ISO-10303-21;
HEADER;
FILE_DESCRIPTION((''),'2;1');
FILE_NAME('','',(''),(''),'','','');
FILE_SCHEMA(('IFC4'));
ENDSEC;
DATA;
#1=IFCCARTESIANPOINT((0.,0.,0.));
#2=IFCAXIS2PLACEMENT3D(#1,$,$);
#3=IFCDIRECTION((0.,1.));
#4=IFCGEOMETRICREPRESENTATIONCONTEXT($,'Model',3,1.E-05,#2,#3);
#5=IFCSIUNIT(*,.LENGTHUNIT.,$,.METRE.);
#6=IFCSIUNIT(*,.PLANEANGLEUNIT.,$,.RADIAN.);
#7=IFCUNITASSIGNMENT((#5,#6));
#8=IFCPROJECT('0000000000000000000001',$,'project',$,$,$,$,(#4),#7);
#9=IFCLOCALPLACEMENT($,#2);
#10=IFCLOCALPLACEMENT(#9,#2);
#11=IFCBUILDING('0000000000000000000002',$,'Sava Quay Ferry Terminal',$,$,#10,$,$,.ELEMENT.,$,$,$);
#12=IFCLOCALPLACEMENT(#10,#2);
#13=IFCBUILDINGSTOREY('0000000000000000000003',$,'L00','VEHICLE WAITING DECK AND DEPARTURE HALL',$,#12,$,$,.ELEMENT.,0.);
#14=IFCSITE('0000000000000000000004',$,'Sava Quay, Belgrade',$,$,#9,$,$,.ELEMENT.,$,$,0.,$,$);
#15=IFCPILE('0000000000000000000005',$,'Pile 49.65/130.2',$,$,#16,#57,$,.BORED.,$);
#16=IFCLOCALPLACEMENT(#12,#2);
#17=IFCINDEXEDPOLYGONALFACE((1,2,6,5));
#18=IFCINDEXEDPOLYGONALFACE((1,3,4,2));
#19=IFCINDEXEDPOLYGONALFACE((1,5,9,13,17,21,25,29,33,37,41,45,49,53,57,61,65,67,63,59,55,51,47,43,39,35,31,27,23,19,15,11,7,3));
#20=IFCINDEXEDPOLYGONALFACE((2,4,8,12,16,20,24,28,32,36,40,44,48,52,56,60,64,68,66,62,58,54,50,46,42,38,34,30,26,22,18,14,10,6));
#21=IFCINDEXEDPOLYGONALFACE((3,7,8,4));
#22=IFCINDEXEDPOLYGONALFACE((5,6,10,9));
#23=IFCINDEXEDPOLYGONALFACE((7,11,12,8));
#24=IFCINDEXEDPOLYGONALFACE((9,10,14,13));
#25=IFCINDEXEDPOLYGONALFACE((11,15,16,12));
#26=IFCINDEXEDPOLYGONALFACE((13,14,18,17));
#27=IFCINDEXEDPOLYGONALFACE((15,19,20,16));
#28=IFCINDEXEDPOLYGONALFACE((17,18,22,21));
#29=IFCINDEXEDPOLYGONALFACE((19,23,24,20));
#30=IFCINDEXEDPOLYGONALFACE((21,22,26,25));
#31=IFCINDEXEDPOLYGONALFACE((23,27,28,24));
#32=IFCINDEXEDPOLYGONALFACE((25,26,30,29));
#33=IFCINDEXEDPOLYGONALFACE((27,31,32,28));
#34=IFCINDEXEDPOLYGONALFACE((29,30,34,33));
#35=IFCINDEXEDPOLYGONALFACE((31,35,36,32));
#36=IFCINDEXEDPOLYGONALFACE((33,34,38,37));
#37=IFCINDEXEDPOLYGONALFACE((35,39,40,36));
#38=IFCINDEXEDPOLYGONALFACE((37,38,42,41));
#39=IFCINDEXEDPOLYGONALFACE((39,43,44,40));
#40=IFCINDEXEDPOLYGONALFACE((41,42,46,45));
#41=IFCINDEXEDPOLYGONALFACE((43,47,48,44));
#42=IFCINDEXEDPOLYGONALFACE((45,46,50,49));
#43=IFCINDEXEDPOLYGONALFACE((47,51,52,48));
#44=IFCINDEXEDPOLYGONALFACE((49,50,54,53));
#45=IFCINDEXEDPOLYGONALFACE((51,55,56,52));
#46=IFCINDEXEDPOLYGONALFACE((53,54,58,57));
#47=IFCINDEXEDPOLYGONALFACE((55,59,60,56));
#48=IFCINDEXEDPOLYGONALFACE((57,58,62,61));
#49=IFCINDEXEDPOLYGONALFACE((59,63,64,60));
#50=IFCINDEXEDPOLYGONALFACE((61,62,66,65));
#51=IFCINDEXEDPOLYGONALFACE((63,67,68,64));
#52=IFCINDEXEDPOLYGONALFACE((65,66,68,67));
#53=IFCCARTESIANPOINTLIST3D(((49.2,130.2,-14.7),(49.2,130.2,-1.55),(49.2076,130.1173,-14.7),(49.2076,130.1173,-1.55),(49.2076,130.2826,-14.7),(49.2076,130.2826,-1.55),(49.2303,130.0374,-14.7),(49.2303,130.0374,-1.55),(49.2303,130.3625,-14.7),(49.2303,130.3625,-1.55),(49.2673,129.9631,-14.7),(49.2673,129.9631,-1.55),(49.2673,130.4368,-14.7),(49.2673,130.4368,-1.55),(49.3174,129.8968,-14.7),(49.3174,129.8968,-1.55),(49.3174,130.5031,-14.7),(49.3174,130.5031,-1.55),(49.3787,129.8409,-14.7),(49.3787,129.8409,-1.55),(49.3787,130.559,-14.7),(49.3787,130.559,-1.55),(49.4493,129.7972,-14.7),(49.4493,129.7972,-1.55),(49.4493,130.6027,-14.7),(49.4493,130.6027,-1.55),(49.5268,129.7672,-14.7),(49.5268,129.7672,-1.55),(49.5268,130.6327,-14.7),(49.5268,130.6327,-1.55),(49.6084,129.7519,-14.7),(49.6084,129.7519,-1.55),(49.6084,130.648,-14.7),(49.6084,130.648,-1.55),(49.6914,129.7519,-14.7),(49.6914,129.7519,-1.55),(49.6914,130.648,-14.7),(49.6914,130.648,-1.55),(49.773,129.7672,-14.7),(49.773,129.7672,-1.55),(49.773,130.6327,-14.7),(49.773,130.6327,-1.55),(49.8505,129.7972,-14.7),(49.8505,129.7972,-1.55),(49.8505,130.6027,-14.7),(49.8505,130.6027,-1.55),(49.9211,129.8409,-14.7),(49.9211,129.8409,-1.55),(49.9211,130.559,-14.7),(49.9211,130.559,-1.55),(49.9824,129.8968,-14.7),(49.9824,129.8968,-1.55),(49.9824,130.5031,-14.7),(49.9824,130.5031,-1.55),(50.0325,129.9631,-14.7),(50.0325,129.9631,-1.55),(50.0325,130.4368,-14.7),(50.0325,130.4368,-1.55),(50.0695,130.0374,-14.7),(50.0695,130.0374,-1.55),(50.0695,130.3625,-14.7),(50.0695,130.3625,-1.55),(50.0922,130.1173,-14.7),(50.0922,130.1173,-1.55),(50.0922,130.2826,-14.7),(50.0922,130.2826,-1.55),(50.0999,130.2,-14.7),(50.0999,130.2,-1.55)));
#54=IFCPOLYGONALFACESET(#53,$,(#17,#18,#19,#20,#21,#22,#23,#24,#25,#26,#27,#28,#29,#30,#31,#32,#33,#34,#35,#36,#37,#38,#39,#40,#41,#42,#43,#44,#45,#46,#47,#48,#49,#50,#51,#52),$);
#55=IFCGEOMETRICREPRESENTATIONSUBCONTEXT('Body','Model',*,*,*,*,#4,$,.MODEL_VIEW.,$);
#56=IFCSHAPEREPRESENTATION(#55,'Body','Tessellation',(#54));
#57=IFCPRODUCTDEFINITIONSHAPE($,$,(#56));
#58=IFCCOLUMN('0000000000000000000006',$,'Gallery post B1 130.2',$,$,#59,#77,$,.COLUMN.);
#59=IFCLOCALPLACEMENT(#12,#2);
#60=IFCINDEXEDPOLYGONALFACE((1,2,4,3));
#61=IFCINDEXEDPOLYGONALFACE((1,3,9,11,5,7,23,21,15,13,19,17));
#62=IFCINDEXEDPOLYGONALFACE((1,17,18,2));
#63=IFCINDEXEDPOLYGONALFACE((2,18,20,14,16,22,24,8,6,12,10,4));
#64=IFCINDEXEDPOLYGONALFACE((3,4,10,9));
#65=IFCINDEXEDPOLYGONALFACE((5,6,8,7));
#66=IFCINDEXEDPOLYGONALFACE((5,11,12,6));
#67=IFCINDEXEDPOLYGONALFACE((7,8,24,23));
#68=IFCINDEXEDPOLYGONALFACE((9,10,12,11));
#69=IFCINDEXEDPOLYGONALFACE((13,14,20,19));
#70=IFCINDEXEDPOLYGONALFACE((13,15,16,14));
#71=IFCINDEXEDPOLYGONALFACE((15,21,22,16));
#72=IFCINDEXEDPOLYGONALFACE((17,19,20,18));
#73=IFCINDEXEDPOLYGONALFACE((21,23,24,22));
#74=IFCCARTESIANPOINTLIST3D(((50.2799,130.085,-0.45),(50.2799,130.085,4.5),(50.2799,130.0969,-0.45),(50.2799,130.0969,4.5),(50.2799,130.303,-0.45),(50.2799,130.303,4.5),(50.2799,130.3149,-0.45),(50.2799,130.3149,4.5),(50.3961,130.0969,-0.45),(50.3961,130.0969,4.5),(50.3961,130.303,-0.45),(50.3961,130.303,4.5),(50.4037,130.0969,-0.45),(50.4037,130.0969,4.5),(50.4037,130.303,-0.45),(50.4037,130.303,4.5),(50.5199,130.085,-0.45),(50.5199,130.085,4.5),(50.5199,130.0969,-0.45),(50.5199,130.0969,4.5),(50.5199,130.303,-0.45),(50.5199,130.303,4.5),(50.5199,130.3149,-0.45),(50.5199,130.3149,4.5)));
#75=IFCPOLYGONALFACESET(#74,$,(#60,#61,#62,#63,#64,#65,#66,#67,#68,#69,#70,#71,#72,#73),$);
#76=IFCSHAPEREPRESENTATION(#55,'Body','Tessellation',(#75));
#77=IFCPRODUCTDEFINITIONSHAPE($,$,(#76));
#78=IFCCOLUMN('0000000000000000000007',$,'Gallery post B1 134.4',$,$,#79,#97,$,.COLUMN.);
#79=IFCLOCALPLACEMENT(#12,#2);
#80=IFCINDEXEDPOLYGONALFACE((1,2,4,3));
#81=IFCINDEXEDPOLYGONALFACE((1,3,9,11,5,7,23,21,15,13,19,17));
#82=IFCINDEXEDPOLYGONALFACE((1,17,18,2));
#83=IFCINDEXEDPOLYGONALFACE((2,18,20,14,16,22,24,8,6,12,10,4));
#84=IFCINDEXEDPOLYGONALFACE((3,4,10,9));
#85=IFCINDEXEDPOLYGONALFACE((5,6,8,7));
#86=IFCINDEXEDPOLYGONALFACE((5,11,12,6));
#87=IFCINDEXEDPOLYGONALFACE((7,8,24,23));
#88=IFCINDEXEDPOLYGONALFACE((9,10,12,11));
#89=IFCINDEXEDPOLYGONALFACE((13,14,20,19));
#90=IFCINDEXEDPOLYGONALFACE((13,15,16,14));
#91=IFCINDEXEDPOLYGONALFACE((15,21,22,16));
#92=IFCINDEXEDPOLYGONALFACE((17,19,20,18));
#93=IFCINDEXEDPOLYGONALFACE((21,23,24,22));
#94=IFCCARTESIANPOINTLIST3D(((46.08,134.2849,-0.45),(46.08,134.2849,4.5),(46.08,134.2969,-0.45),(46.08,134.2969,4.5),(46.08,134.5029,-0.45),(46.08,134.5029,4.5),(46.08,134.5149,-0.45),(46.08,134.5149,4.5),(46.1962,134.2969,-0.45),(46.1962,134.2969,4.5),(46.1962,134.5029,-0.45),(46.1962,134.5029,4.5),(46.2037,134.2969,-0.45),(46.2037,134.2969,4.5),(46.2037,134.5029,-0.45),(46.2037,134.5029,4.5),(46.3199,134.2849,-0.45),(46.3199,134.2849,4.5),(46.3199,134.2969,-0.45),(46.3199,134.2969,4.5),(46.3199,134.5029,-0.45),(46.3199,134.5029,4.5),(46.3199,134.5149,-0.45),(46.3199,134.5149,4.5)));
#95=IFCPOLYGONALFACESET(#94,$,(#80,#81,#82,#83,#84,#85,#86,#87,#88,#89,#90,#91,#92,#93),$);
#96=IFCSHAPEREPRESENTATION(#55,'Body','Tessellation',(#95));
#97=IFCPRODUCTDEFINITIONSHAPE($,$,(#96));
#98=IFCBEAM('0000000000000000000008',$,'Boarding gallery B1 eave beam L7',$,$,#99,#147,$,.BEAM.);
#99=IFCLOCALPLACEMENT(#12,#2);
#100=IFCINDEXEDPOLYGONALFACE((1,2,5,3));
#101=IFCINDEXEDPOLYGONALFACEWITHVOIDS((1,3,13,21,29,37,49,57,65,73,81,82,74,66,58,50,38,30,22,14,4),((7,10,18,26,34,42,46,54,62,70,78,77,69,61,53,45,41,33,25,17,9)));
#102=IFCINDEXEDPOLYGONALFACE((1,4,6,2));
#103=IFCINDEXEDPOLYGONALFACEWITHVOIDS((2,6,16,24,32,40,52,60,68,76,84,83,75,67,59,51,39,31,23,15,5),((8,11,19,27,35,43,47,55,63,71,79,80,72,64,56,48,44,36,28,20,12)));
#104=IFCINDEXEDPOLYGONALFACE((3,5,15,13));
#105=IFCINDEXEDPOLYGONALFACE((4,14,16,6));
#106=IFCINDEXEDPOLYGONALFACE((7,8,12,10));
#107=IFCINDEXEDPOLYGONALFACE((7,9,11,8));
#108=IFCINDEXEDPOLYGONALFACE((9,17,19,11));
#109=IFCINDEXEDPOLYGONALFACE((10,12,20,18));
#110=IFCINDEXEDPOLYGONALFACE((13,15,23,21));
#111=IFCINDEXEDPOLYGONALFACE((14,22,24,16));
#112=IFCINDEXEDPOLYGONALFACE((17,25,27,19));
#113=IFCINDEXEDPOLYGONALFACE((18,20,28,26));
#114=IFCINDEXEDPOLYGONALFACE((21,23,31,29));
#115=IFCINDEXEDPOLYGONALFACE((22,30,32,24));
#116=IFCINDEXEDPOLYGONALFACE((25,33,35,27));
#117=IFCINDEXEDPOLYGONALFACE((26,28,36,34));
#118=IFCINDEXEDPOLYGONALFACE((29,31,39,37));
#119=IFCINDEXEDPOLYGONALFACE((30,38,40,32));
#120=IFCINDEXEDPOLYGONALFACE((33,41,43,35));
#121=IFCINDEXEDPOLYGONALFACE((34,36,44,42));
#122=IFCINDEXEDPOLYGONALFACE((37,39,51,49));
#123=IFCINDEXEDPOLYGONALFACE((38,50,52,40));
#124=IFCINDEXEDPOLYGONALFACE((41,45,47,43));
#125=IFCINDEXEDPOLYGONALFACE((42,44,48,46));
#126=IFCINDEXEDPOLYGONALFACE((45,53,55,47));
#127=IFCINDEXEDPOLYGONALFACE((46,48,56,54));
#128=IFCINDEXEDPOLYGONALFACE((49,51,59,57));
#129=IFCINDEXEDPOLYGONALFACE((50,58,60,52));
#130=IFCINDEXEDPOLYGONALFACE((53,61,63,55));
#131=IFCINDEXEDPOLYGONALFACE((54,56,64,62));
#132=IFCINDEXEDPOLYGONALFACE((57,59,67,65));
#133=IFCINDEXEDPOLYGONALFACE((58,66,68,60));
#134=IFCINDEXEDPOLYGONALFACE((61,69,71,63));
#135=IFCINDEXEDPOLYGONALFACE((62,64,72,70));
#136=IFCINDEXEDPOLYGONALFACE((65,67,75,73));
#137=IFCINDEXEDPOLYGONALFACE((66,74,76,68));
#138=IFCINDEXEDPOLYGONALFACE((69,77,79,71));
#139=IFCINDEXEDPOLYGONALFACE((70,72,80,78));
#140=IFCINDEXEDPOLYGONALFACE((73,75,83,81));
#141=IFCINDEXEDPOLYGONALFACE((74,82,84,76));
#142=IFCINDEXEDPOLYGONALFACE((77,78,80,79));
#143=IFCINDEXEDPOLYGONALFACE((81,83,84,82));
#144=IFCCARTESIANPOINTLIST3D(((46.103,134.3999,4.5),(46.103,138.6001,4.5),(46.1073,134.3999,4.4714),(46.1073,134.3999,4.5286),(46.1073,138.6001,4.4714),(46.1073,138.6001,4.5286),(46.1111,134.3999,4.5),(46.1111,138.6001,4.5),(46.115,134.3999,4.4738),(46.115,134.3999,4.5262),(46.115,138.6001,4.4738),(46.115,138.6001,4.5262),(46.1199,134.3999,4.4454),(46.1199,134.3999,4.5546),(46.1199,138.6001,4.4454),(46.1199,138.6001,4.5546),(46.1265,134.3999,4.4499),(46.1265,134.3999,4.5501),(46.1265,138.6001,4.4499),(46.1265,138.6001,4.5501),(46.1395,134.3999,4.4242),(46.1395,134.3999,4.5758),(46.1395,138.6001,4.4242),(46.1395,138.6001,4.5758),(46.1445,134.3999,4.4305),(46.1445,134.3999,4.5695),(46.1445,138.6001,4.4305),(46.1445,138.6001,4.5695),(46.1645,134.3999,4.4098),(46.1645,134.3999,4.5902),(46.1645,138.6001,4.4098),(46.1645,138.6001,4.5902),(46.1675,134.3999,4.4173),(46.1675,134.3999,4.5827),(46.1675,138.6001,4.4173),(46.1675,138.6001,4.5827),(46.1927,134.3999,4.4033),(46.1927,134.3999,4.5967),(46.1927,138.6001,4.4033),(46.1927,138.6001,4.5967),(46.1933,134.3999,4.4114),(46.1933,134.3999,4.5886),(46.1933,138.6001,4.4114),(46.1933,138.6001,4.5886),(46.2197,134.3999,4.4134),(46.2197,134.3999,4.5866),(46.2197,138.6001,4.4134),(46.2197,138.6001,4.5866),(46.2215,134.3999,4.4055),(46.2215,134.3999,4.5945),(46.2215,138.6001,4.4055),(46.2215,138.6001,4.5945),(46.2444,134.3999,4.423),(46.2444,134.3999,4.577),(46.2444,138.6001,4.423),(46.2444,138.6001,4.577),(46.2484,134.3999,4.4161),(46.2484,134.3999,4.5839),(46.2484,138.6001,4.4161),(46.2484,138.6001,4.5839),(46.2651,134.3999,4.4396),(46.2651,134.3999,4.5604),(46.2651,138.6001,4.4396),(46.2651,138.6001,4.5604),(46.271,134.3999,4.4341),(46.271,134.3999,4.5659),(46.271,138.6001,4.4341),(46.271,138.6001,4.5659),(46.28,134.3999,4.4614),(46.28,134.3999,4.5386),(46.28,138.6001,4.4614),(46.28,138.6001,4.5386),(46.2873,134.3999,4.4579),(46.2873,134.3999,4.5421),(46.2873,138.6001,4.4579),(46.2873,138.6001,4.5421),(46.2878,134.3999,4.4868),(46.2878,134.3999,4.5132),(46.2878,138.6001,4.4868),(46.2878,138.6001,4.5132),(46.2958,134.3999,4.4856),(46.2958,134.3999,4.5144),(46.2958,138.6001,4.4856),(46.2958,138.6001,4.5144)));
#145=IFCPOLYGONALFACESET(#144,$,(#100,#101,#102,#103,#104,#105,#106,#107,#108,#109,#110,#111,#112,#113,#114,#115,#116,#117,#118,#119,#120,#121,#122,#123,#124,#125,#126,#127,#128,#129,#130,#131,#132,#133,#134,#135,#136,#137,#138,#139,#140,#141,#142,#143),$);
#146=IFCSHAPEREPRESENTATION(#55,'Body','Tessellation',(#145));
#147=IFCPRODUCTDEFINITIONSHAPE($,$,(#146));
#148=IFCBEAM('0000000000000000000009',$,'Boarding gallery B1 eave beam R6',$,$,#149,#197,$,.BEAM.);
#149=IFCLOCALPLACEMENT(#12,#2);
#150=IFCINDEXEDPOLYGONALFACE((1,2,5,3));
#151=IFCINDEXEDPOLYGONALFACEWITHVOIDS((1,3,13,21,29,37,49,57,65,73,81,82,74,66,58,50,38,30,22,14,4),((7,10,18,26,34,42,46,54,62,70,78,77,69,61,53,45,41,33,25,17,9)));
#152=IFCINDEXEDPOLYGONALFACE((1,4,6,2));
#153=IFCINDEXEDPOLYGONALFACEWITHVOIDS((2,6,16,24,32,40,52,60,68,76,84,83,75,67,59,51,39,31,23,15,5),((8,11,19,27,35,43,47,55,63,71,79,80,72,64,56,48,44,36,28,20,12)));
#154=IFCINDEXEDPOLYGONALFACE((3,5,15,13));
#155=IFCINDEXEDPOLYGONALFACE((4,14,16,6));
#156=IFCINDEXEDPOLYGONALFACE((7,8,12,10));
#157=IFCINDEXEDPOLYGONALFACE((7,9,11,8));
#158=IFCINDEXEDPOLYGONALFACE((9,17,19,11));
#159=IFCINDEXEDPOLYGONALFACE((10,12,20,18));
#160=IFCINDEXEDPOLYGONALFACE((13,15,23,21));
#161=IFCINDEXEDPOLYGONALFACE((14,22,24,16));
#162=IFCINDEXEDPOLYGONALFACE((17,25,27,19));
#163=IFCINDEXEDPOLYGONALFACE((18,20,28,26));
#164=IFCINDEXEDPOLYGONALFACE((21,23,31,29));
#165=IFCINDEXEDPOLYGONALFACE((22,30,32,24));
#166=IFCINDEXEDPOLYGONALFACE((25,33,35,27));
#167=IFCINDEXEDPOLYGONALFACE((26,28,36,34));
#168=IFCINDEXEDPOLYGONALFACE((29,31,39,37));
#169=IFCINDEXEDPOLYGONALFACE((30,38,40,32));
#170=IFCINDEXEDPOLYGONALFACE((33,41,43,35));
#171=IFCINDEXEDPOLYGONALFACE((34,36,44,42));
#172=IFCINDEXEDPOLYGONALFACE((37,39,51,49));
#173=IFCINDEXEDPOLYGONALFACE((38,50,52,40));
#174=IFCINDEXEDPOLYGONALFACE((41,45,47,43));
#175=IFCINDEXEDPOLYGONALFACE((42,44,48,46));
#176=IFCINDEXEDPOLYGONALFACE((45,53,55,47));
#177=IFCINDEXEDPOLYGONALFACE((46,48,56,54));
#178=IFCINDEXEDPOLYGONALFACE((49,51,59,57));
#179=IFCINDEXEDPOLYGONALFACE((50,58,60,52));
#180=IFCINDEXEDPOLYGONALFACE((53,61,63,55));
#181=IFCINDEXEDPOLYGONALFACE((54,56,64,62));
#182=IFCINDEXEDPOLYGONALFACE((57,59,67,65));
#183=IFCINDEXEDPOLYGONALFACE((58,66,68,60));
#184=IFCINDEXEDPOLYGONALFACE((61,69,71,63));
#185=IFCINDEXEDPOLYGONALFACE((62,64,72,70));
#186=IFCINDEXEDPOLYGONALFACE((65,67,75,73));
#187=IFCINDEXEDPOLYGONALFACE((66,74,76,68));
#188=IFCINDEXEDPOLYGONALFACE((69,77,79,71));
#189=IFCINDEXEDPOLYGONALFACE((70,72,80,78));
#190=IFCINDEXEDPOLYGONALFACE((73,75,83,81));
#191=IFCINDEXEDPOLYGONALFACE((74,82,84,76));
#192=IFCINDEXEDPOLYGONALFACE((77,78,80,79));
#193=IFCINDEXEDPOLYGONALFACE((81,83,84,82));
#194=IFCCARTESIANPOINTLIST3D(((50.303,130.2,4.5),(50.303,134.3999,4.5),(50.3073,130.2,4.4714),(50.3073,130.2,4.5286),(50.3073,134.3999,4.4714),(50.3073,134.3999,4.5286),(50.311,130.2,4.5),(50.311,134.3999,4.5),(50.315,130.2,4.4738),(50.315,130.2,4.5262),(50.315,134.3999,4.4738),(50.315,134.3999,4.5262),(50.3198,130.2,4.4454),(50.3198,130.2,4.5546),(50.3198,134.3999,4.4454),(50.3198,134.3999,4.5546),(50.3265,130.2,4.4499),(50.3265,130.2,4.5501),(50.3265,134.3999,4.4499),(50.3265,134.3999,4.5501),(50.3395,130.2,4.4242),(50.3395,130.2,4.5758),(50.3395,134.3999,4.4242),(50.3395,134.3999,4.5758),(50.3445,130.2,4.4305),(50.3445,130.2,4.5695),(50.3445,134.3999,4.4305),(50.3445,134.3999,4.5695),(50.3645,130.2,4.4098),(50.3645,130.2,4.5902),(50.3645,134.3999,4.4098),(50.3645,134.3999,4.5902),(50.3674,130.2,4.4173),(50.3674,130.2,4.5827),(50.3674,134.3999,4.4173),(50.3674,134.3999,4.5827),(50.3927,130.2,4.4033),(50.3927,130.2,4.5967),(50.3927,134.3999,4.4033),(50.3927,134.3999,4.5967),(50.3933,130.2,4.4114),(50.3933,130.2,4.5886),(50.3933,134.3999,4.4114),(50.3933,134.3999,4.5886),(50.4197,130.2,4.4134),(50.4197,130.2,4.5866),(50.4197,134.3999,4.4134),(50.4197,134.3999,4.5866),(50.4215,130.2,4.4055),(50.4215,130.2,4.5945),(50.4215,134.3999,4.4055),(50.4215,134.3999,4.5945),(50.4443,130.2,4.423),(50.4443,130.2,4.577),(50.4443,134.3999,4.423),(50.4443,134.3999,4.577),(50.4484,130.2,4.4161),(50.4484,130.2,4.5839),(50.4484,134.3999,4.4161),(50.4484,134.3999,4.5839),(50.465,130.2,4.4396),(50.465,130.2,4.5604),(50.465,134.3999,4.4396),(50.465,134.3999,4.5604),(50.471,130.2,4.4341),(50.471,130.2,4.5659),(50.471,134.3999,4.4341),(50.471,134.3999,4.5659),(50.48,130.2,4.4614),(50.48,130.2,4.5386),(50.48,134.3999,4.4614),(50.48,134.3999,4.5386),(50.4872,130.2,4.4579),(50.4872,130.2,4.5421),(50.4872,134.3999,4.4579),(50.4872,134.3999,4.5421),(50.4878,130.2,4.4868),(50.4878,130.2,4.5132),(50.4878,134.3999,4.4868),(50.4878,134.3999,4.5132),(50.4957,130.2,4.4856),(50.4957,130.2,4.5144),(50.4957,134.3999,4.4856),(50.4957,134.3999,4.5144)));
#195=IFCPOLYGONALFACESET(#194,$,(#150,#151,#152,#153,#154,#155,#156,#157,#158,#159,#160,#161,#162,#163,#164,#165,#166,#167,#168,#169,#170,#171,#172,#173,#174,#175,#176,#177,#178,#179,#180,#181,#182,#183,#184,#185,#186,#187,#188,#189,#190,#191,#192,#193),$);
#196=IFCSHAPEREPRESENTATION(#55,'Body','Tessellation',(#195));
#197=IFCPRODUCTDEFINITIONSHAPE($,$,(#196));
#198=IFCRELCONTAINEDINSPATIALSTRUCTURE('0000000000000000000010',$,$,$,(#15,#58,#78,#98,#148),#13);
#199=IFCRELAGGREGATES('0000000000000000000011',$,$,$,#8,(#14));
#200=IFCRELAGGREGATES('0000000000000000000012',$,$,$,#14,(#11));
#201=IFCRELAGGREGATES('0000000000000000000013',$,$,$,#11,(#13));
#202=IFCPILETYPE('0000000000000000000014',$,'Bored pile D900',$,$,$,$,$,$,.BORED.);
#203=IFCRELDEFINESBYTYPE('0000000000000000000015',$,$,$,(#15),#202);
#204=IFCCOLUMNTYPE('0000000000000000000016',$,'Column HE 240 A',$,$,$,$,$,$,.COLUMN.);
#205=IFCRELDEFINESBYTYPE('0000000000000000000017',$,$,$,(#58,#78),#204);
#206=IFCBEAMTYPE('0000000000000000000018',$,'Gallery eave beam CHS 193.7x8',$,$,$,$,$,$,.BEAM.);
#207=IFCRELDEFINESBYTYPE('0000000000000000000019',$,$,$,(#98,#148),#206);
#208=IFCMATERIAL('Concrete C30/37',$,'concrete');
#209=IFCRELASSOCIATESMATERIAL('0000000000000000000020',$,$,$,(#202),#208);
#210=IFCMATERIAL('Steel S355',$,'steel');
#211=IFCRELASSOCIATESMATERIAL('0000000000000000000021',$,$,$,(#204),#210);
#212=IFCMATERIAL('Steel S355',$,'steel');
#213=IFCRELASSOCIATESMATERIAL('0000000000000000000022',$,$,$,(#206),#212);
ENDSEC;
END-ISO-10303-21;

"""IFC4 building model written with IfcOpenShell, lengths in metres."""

from ifc_helpers import new_model, si_unit, direction, frame, origin, origin_2d, place, context, subcontext, project, spatial, circle, hollow_circle, i_section, extrude, material, material_profile, profile_set, type_object, element, save


model = new_model("IFC4")

# Units and contexts
model_context = context("Model", 3, precision=1e-05, world=origin(), true_north=direction((0.0, 1.0)))
body_context = subcontext(model_context, "Body", "Model", "MODEL_VIEW")
ifc_project = project(units=[si_unit("LENGTHUNIT", "METRE"), si_unit("PLANEANGLEUNIT", "RADIAN")], contexts=[model_context])

# Site, building, storey
site_placement = place(None, origin())
site = spatial("IfcSite", under=ifc_project, at=site_placement, Name="Sava Quay, Belgrade", CompositionType="ELEMENT", RefElevation=0.0)
building_placement = place(site_placement, origin())
building = spatial("IfcBuilding", under=site, at=building_placement, Name="Sava Quay Ferry Terminal", CompositionType="ELEMENT")
storey_placement = place(building_placement, origin())
storey = spatial("IfcBuildingStorey", under=building, at=storey_placement, Name="L00", Description="VEHICLE WAITING DECK AND DEPARTURE HALL", CompositionType="ELEMENT", Elevation=0.0)

# Pile
ifc_material_1 = material(Name="Concrete C30/37", Category="concrete")
ifc_material_profile_1 = material_profile(ifc_material_1, circle(Radius=0.45, at=origin_2d()), Name="Bored pile D900")
ifc_profile_set_1 = profile_set([ifc_material_profile_1], Name="Concrete C30/37")
pile_type = type_object("IfcPileType", Name="Bored pile D900", PredefinedType="BORED", material=ifc_profile_set_1)
pile_placement = place(storey_placement, frame((49.6499, 130.2, -1.55), z_axis=(0.0, 0.0, -1.0), x_axis=(1.0, 0.0, 0.0)))
element("IfcPile", 1, at=pile_placement, inside=storey, type_object=pile_type, Name="Pile 49.65/130.2", PredefinedType="BORED", context=body_context, shape_type="SweptSolid", body=[
    extrude(circle(Radius=0.45, at=origin_2d()), origin(), (0.0, 0.0, 1.0), 13.1499),
])

# Columns
ifc_material_2 = material(Name="Steel S355", Category="steel")
ifc_material_profile_2 = material_profile(ifc_material_2, i_section(OverallWidth=0.24, OverallDepth=0.23, WebThickness=0.0076, FlangeThickness=0.012, at=origin_2d()), Name="HE 240 A")
ifc_profile_set_2 = profile_set([ifc_material_profile_2], Name="Steel S355")
column_type = type_object("IfcColumnType", Name="Column HE 240 A", PredefinedType="COLUMN", material=ifc_profile_set_2)
for number, where, z_axis, x_axis, name in (
    (2, (50.3999, 130.2, -0.45), (0.0, 0.0, 1.0), (1.0, 0.0, 0.0), "Gallery post B1 130.2"),
    (3, (46.2, 134.3999, -0.45), (0.0, 0.0, 1.0), (1.0, 0.0, 0.0), "Gallery post B1 134.4"),
):
    element("IfcColumn", number, at=place(storey_placement, frame(where, z_axis=z_axis, x_axis=x_axis)), inside=storey, type_object=column_type, Name=name, PredefinedType="COLUMN", context=body_context, shape_type="SweptSolid", body=[
        extrude(i_section(OverallWidth=0.24, OverallDepth=0.23, WebThickness=0.0076, FlangeThickness=0.012, at=origin_2d()), origin(), (0.0, 0.0, 1.0), 4.95),
    ])

# Beams
ifc_material_3 = material(Name="Steel S355", Category="steel")
ifc_material_profile_3 = material_profile(ifc_material_3, hollow_circle(Radius=0.0969, WallThickness=0.0081, at=origin_2d()), Name="CHS 193.7 x 8.0")
ifc_profile_set_3 = profile_set([ifc_material_profile_3], Name="Steel S355")
beam_type_1 = type_object("IfcBeamType", Name="Gallery eave beam CHS 193.7x8", PredefinedType="BEAM", material=ifc_profile_set_3)
beam_1_placement = place(storey_placement, frame((46.2, 134.3999, 4.5), z_axis=(0.0, 1.0, 0.0), x_axis=(-1.0, 0.0, 0.0)))
element("IfcBeam", 4, at=beam_1_placement, inside=storey, type_object=beam_type_1, Name="Boarding gallery B1 eave beam L7", PredefinedType="BEAM", context=body_context, shape_type="SweptSolid", body=[
    extrude(hollow_circle(Radius=0.0969, WallThickness=0.0081, at=origin_2d()), origin(), (0.0, 0.0, 1.0), 4.2002),
])
beam_2_placement = place(storey_placement, frame((50.3999, 130.2, 4.5), z_axis=(0.0, 1.0, 0.0), x_axis=(-1.0, 0.0, 0.0)))
element("IfcBeam", 5, at=beam_2_placement, inside=storey, type_object=beam_type_1, Name="Boarding gallery B1 eave beam R6", PredefinedType="BEAM", context=body_context, shape_type="SweptSolid", body=[
    extrude(hollow_circle(Radius=0.0969, WallThickness=0.0081, at=origin_2d()), origin(), (0.0, 0.0, 1.0), 4.2),
])

save(model, "model.ifc")
